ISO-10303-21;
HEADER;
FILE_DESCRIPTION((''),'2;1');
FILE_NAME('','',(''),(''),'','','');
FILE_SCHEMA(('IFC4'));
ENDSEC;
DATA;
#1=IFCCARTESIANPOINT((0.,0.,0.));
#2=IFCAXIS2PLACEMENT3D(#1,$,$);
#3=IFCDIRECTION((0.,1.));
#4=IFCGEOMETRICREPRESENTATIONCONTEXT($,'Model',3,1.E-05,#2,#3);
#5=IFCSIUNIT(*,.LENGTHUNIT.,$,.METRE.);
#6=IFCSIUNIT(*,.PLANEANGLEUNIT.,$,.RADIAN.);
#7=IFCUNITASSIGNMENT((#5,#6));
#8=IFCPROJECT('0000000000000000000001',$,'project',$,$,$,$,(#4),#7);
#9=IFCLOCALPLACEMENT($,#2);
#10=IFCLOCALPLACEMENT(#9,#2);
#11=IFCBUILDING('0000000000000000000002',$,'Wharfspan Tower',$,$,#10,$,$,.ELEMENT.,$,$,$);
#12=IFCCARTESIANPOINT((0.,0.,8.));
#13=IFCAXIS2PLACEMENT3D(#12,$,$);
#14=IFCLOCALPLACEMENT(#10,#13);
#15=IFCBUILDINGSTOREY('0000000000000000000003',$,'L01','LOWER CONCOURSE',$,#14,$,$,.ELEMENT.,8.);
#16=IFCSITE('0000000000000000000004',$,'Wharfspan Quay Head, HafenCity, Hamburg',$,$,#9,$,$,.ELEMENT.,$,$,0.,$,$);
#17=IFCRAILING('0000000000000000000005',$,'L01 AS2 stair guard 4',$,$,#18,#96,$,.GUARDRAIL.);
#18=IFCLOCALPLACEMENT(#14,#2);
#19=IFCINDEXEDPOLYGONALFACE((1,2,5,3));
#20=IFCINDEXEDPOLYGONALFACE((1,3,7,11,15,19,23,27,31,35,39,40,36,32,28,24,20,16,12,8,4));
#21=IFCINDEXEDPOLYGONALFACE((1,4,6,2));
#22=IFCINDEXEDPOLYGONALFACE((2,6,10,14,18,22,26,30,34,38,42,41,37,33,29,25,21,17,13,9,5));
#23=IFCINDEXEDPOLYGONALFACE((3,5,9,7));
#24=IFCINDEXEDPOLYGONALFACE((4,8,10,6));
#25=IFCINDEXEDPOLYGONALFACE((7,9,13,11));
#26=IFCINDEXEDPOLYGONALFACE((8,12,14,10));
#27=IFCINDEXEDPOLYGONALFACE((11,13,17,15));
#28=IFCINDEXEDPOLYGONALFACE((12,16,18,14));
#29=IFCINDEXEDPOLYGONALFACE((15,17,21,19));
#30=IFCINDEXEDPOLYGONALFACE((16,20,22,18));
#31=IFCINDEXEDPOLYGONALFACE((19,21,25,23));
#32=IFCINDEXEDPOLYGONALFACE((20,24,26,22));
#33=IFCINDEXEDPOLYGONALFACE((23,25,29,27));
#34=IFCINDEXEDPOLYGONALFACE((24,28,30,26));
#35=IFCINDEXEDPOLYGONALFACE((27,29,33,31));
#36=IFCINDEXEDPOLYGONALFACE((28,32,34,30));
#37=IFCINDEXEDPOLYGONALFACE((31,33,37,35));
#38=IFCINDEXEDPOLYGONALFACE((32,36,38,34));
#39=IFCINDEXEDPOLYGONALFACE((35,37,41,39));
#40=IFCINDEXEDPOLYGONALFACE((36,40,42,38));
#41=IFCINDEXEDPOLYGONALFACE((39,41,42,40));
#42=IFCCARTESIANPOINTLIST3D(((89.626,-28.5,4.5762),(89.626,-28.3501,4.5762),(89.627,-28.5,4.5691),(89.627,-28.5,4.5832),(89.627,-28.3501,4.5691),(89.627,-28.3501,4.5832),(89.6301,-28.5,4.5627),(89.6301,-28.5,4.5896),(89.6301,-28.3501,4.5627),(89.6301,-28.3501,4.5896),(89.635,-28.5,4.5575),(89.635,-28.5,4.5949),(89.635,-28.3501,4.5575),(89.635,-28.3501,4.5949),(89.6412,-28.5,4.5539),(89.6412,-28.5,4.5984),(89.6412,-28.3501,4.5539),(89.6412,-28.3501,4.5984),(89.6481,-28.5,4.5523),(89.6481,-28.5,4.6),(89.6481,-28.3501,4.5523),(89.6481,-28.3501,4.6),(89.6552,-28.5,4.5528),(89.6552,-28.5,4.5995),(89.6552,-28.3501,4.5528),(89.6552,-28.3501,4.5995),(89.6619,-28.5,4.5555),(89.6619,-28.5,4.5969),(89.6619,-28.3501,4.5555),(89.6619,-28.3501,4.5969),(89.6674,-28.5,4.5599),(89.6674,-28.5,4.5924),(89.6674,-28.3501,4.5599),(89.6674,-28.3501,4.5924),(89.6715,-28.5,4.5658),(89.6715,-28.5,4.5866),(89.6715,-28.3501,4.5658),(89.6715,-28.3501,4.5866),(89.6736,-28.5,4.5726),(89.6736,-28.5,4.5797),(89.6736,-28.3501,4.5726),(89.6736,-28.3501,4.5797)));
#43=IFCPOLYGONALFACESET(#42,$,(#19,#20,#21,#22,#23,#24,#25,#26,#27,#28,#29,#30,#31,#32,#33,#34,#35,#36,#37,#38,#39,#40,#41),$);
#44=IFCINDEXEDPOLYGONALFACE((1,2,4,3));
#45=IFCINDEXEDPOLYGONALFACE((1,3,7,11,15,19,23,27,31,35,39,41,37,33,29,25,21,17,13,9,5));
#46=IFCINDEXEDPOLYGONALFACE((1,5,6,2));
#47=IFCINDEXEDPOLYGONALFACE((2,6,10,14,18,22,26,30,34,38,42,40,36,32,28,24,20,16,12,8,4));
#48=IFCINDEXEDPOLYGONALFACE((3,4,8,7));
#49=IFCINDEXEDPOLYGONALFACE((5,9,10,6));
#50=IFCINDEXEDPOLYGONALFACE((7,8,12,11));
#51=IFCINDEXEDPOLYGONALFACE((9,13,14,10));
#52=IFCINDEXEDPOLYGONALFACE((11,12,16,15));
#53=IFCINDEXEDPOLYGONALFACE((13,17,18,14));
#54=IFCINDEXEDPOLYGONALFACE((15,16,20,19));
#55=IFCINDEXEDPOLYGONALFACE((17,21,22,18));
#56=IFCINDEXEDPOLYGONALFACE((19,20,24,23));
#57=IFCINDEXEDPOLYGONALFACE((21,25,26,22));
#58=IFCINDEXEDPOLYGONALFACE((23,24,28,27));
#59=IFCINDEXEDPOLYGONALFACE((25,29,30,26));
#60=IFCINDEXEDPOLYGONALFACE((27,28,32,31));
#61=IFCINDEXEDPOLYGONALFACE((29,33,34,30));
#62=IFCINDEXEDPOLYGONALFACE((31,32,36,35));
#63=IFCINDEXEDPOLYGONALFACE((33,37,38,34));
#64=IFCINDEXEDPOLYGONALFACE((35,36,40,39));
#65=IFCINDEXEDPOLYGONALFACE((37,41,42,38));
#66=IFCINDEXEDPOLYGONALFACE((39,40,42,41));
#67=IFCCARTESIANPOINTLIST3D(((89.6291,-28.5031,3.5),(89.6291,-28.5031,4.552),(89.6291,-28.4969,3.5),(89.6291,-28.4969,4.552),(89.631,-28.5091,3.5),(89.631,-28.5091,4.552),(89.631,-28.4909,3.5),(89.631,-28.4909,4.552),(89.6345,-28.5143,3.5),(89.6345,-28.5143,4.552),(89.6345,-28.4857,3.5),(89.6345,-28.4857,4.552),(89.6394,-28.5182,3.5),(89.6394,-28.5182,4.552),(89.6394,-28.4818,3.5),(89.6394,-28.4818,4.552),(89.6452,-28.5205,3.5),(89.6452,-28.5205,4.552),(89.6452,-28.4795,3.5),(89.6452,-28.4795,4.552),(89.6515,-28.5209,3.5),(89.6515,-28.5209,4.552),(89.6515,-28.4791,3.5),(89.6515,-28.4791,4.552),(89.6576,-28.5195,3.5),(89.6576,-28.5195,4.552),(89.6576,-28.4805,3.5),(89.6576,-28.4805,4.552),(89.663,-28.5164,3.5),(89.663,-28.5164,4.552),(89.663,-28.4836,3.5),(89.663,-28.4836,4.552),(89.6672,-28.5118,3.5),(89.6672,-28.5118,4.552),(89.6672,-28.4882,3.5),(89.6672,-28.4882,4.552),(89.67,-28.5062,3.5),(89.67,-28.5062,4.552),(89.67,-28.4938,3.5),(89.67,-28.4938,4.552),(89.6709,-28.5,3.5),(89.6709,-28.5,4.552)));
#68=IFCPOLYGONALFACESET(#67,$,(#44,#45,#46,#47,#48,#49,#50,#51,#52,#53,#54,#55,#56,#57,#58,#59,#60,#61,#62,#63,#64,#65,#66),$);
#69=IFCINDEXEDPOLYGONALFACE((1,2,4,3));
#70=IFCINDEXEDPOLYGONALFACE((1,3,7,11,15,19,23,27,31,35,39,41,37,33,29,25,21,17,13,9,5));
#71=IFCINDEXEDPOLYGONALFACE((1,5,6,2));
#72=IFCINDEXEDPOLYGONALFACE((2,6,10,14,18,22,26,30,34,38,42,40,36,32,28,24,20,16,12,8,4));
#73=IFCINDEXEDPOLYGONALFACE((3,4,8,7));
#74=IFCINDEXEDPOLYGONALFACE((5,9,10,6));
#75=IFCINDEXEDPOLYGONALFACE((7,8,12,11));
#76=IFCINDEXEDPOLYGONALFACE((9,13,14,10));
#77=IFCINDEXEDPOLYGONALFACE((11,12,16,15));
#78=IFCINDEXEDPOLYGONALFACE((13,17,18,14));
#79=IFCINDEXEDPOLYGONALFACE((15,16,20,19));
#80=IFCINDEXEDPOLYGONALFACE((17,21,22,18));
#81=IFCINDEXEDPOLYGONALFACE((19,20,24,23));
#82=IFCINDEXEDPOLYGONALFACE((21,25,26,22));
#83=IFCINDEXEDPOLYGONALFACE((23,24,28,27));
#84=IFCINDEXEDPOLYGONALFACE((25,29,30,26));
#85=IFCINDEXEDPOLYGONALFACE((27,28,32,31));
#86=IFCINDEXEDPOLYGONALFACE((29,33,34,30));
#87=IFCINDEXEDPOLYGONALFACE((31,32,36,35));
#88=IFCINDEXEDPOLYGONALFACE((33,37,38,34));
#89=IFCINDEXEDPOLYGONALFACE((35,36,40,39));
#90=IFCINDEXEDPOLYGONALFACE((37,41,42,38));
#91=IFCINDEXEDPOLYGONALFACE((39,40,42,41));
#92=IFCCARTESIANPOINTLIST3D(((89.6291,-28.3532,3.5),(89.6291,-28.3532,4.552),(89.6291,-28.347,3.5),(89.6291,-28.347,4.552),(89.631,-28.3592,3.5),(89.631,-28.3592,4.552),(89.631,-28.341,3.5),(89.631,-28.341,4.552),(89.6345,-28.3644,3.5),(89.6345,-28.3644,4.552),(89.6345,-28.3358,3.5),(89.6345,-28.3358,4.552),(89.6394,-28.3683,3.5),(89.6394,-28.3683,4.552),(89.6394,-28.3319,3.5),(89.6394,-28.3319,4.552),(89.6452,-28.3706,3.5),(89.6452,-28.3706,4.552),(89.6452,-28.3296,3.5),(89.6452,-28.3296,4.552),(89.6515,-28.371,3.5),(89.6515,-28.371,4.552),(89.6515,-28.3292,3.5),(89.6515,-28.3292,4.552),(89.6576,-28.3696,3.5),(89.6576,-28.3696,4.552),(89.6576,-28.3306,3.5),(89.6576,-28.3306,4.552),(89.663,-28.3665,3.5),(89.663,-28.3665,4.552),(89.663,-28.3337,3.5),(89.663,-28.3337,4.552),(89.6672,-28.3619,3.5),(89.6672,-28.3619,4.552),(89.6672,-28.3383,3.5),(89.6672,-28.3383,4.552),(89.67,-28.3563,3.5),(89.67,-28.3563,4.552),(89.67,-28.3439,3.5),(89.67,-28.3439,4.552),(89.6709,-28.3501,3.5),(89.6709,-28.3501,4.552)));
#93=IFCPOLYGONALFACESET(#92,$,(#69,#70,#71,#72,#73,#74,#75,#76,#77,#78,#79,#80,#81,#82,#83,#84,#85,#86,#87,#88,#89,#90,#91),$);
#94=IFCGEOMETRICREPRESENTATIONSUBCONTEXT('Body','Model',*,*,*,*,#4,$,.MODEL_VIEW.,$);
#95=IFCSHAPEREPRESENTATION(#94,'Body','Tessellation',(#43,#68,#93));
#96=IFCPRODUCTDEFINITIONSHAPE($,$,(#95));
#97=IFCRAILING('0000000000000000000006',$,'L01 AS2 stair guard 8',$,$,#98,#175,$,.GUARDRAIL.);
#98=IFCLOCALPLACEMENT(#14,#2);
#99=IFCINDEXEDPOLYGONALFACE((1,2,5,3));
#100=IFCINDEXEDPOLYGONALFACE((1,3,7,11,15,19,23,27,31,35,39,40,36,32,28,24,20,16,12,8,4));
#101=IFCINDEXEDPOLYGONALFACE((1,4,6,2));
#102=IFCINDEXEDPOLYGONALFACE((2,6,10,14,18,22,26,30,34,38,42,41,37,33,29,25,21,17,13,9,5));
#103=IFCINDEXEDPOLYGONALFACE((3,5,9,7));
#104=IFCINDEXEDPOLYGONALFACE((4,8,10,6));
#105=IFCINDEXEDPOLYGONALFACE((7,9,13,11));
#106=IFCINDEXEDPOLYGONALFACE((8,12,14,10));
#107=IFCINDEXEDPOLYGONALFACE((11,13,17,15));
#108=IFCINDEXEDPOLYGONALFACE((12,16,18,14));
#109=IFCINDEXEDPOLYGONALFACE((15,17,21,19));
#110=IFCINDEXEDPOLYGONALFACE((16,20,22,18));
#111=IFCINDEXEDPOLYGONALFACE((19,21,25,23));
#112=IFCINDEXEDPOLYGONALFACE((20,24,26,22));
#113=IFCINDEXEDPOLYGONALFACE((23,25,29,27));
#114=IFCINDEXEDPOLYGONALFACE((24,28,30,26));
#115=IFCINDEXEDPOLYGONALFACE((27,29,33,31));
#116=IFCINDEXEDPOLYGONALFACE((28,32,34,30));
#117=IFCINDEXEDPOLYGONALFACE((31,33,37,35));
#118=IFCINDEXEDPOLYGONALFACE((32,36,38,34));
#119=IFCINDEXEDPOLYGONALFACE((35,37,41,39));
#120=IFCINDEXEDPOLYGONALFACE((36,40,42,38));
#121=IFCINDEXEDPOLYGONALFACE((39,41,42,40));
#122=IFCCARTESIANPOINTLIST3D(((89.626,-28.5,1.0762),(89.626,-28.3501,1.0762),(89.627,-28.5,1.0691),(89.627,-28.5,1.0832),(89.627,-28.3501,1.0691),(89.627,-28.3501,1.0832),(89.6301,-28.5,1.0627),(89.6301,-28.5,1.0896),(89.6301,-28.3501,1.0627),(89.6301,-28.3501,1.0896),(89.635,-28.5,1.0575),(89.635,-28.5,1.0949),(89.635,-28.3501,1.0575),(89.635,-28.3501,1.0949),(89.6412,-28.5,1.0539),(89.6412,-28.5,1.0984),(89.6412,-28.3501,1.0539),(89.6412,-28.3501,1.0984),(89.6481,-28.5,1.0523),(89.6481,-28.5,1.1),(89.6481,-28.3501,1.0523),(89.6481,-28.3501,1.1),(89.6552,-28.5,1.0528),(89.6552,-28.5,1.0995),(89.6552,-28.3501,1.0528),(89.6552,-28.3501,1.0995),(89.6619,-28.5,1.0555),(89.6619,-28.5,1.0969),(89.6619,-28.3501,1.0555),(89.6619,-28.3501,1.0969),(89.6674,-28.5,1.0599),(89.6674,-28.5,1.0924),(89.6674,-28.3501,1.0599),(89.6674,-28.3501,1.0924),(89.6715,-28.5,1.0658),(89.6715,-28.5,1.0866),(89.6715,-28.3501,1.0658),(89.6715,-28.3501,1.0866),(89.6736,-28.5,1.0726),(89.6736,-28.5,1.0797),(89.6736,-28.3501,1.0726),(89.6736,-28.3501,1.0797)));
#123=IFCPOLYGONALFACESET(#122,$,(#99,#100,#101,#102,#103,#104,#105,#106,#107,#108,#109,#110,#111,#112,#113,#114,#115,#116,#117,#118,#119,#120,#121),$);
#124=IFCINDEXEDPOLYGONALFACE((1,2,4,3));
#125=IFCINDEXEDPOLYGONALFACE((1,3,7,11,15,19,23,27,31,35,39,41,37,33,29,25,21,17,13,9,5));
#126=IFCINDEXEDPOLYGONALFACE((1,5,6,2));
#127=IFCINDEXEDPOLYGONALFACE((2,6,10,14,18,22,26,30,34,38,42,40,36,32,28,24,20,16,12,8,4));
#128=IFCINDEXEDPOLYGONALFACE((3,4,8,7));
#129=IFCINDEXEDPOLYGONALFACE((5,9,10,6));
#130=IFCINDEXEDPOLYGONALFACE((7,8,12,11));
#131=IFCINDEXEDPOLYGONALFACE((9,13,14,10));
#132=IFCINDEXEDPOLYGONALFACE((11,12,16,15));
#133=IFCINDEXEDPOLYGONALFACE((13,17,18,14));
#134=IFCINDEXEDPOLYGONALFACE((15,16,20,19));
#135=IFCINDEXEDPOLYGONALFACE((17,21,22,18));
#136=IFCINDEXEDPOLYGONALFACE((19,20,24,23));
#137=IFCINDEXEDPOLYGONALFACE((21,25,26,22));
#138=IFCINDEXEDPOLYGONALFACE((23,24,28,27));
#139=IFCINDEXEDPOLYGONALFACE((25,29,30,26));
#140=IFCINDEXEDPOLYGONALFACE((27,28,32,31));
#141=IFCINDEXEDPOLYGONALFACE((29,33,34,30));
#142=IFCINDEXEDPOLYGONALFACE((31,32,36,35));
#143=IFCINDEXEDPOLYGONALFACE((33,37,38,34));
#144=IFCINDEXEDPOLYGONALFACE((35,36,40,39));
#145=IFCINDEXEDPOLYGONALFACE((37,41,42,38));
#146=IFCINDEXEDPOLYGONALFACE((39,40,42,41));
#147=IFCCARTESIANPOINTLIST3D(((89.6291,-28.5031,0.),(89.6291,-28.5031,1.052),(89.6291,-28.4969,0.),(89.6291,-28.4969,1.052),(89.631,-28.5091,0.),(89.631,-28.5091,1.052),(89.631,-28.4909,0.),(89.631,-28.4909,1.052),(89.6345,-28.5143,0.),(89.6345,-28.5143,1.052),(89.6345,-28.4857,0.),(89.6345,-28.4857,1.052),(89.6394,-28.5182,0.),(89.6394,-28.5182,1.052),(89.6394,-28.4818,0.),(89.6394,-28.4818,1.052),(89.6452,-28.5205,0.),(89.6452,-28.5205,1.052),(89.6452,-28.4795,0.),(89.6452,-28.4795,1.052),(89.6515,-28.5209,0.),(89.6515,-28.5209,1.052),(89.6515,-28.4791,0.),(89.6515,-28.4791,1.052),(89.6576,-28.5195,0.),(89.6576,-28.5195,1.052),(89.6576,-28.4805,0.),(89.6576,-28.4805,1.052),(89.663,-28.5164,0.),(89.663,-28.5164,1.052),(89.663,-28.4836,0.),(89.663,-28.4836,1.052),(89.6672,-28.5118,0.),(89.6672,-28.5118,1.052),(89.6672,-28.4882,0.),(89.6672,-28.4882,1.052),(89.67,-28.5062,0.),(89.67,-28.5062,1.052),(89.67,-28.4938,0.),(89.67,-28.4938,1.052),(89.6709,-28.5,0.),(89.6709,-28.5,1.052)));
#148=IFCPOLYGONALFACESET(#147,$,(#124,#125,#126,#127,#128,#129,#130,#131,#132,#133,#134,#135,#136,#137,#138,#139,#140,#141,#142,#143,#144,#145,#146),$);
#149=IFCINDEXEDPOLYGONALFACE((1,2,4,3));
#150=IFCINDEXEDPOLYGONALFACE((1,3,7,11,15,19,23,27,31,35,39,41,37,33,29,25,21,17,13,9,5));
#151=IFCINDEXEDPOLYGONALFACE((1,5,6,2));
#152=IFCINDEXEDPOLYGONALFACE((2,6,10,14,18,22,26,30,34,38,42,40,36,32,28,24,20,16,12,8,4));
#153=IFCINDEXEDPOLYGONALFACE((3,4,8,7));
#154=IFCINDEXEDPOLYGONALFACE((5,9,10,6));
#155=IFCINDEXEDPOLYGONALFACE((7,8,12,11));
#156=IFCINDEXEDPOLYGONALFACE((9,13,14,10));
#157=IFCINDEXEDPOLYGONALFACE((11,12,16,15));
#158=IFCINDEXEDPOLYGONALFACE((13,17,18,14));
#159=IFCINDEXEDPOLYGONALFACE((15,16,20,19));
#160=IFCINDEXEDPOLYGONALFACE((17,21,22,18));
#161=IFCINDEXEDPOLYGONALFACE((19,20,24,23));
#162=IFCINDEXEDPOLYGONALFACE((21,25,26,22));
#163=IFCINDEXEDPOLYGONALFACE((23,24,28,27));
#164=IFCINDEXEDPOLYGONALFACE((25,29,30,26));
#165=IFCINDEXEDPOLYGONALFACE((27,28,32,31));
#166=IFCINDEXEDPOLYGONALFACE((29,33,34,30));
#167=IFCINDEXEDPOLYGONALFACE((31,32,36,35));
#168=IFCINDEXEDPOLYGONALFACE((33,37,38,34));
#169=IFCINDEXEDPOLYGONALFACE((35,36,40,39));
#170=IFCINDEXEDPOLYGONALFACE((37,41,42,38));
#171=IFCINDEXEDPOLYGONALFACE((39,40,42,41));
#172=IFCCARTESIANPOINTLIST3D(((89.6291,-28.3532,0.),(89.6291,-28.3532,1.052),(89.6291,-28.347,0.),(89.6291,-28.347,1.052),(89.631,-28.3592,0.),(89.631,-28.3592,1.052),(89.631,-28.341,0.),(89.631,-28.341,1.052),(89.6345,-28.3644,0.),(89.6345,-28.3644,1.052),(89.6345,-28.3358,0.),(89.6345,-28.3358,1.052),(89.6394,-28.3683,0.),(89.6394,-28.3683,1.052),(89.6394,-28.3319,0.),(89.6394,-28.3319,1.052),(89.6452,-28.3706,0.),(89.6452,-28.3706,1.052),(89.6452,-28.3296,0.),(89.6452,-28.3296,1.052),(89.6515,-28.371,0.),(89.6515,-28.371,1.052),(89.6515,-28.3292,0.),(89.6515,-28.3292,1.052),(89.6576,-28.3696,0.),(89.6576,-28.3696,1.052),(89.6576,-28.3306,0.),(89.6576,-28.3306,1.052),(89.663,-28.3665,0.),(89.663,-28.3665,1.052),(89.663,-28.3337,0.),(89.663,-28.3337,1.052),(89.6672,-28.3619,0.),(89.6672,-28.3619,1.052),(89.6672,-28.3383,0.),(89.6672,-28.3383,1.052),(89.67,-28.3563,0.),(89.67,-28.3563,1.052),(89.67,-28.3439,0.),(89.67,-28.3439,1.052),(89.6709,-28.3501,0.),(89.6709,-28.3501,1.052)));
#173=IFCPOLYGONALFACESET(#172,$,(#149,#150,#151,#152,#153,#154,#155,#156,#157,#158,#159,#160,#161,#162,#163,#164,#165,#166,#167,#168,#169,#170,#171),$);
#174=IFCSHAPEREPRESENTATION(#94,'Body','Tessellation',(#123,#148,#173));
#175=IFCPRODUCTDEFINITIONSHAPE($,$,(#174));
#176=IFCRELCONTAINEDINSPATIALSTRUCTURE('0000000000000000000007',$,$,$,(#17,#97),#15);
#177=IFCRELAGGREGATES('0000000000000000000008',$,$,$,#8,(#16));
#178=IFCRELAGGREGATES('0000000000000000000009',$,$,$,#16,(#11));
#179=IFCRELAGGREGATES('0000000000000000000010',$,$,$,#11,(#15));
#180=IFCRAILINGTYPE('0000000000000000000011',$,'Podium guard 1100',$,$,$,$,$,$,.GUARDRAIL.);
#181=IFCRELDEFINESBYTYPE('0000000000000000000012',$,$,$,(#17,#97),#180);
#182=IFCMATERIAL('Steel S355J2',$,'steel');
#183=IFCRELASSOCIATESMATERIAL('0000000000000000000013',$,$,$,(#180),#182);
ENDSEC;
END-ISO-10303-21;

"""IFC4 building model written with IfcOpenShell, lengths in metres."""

from ifc_helpers import new_model, si_unit, direction, frame, origin, origin_2d, place, context, subcontext, project, spatial, circle, extrude, material, type_object, element, save


model = new_model("IFC4")

# Units and contexts
model_context = context("Model", 3, precision=1e-05, world=origin(), true_north=direction((0.0, 1.0)))
body_context = subcontext(model_context, "Body", "Model", "MODEL_VIEW")
ifc_project = project(units=[si_unit("LENGTHUNIT", "METRE"), si_unit("PLANEANGLEUNIT", "RADIAN")], contexts=[model_context])

# Site, building, storey
site_placement = place(None, origin())
site = spatial("IfcSite", under=ifc_project, at=site_placement, Name="Wharfspan Quay Head, HafenCity, Hamburg", CompositionType="ELEMENT", RefElevation=0.0)
building_placement = place(site_placement, origin())
building = spatial("IfcBuilding", under=site, at=building_placement, Name="Wharfspan Tower", CompositionType="ELEMENT")
storey_placement = place(building_placement, frame((0.0, 0.0, 8.0)))
storey = spatial("IfcBuildingStorey", under=building, at=storey_placement, Name="L01", Description="LOWER CONCOURSE", CompositionType="ELEMENT", Elevation=8.0)

# Railings
ifc_material_1 = material(Name="Steel S355J2", Category="steel")
railing_type_1 = type_object("IfcRailingType", Name="Podium guard 1100", PredefinedType="GUARDRAIL", material=ifc_material_1)
for number, where, name in (
    (1, (89.6499, -28.5, 3.5), "L01 AS2 stair guard 4"),
    (2, (89.6499, -28.5, 0.0), "L01 AS2 stair guard 8"),
):
    element("IfcRailing", number, at=place(storey_placement, frame(where)), inside=storey, type_object=railing_type_1, Name=name, PredefinedType="GUARDRAIL", context=body_context, shape_type="SweptSolid", body=[
        extrude(circle(Radius=0.0239, at=origin_2d()), frame((0.0, 0.0, 1.0762), z_axis=(0.0, 1.0, 0.0), x_axis=(-1.0, 0.0, 0.0)), (0.0, 0.0, 1.0), 0.1499),
        extrude(circle(Radius=0.021, at=origin_2d()), origin(), (0.0, 0.0, 1.0), 1.052),
        extrude(circle(Radius=0.021, at=origin_2d()), frame((0.0, 0.1499, 0.0)), (0.0, 0.0, 1.0), 1.052),
    ])

save(model, "model.ifc")
